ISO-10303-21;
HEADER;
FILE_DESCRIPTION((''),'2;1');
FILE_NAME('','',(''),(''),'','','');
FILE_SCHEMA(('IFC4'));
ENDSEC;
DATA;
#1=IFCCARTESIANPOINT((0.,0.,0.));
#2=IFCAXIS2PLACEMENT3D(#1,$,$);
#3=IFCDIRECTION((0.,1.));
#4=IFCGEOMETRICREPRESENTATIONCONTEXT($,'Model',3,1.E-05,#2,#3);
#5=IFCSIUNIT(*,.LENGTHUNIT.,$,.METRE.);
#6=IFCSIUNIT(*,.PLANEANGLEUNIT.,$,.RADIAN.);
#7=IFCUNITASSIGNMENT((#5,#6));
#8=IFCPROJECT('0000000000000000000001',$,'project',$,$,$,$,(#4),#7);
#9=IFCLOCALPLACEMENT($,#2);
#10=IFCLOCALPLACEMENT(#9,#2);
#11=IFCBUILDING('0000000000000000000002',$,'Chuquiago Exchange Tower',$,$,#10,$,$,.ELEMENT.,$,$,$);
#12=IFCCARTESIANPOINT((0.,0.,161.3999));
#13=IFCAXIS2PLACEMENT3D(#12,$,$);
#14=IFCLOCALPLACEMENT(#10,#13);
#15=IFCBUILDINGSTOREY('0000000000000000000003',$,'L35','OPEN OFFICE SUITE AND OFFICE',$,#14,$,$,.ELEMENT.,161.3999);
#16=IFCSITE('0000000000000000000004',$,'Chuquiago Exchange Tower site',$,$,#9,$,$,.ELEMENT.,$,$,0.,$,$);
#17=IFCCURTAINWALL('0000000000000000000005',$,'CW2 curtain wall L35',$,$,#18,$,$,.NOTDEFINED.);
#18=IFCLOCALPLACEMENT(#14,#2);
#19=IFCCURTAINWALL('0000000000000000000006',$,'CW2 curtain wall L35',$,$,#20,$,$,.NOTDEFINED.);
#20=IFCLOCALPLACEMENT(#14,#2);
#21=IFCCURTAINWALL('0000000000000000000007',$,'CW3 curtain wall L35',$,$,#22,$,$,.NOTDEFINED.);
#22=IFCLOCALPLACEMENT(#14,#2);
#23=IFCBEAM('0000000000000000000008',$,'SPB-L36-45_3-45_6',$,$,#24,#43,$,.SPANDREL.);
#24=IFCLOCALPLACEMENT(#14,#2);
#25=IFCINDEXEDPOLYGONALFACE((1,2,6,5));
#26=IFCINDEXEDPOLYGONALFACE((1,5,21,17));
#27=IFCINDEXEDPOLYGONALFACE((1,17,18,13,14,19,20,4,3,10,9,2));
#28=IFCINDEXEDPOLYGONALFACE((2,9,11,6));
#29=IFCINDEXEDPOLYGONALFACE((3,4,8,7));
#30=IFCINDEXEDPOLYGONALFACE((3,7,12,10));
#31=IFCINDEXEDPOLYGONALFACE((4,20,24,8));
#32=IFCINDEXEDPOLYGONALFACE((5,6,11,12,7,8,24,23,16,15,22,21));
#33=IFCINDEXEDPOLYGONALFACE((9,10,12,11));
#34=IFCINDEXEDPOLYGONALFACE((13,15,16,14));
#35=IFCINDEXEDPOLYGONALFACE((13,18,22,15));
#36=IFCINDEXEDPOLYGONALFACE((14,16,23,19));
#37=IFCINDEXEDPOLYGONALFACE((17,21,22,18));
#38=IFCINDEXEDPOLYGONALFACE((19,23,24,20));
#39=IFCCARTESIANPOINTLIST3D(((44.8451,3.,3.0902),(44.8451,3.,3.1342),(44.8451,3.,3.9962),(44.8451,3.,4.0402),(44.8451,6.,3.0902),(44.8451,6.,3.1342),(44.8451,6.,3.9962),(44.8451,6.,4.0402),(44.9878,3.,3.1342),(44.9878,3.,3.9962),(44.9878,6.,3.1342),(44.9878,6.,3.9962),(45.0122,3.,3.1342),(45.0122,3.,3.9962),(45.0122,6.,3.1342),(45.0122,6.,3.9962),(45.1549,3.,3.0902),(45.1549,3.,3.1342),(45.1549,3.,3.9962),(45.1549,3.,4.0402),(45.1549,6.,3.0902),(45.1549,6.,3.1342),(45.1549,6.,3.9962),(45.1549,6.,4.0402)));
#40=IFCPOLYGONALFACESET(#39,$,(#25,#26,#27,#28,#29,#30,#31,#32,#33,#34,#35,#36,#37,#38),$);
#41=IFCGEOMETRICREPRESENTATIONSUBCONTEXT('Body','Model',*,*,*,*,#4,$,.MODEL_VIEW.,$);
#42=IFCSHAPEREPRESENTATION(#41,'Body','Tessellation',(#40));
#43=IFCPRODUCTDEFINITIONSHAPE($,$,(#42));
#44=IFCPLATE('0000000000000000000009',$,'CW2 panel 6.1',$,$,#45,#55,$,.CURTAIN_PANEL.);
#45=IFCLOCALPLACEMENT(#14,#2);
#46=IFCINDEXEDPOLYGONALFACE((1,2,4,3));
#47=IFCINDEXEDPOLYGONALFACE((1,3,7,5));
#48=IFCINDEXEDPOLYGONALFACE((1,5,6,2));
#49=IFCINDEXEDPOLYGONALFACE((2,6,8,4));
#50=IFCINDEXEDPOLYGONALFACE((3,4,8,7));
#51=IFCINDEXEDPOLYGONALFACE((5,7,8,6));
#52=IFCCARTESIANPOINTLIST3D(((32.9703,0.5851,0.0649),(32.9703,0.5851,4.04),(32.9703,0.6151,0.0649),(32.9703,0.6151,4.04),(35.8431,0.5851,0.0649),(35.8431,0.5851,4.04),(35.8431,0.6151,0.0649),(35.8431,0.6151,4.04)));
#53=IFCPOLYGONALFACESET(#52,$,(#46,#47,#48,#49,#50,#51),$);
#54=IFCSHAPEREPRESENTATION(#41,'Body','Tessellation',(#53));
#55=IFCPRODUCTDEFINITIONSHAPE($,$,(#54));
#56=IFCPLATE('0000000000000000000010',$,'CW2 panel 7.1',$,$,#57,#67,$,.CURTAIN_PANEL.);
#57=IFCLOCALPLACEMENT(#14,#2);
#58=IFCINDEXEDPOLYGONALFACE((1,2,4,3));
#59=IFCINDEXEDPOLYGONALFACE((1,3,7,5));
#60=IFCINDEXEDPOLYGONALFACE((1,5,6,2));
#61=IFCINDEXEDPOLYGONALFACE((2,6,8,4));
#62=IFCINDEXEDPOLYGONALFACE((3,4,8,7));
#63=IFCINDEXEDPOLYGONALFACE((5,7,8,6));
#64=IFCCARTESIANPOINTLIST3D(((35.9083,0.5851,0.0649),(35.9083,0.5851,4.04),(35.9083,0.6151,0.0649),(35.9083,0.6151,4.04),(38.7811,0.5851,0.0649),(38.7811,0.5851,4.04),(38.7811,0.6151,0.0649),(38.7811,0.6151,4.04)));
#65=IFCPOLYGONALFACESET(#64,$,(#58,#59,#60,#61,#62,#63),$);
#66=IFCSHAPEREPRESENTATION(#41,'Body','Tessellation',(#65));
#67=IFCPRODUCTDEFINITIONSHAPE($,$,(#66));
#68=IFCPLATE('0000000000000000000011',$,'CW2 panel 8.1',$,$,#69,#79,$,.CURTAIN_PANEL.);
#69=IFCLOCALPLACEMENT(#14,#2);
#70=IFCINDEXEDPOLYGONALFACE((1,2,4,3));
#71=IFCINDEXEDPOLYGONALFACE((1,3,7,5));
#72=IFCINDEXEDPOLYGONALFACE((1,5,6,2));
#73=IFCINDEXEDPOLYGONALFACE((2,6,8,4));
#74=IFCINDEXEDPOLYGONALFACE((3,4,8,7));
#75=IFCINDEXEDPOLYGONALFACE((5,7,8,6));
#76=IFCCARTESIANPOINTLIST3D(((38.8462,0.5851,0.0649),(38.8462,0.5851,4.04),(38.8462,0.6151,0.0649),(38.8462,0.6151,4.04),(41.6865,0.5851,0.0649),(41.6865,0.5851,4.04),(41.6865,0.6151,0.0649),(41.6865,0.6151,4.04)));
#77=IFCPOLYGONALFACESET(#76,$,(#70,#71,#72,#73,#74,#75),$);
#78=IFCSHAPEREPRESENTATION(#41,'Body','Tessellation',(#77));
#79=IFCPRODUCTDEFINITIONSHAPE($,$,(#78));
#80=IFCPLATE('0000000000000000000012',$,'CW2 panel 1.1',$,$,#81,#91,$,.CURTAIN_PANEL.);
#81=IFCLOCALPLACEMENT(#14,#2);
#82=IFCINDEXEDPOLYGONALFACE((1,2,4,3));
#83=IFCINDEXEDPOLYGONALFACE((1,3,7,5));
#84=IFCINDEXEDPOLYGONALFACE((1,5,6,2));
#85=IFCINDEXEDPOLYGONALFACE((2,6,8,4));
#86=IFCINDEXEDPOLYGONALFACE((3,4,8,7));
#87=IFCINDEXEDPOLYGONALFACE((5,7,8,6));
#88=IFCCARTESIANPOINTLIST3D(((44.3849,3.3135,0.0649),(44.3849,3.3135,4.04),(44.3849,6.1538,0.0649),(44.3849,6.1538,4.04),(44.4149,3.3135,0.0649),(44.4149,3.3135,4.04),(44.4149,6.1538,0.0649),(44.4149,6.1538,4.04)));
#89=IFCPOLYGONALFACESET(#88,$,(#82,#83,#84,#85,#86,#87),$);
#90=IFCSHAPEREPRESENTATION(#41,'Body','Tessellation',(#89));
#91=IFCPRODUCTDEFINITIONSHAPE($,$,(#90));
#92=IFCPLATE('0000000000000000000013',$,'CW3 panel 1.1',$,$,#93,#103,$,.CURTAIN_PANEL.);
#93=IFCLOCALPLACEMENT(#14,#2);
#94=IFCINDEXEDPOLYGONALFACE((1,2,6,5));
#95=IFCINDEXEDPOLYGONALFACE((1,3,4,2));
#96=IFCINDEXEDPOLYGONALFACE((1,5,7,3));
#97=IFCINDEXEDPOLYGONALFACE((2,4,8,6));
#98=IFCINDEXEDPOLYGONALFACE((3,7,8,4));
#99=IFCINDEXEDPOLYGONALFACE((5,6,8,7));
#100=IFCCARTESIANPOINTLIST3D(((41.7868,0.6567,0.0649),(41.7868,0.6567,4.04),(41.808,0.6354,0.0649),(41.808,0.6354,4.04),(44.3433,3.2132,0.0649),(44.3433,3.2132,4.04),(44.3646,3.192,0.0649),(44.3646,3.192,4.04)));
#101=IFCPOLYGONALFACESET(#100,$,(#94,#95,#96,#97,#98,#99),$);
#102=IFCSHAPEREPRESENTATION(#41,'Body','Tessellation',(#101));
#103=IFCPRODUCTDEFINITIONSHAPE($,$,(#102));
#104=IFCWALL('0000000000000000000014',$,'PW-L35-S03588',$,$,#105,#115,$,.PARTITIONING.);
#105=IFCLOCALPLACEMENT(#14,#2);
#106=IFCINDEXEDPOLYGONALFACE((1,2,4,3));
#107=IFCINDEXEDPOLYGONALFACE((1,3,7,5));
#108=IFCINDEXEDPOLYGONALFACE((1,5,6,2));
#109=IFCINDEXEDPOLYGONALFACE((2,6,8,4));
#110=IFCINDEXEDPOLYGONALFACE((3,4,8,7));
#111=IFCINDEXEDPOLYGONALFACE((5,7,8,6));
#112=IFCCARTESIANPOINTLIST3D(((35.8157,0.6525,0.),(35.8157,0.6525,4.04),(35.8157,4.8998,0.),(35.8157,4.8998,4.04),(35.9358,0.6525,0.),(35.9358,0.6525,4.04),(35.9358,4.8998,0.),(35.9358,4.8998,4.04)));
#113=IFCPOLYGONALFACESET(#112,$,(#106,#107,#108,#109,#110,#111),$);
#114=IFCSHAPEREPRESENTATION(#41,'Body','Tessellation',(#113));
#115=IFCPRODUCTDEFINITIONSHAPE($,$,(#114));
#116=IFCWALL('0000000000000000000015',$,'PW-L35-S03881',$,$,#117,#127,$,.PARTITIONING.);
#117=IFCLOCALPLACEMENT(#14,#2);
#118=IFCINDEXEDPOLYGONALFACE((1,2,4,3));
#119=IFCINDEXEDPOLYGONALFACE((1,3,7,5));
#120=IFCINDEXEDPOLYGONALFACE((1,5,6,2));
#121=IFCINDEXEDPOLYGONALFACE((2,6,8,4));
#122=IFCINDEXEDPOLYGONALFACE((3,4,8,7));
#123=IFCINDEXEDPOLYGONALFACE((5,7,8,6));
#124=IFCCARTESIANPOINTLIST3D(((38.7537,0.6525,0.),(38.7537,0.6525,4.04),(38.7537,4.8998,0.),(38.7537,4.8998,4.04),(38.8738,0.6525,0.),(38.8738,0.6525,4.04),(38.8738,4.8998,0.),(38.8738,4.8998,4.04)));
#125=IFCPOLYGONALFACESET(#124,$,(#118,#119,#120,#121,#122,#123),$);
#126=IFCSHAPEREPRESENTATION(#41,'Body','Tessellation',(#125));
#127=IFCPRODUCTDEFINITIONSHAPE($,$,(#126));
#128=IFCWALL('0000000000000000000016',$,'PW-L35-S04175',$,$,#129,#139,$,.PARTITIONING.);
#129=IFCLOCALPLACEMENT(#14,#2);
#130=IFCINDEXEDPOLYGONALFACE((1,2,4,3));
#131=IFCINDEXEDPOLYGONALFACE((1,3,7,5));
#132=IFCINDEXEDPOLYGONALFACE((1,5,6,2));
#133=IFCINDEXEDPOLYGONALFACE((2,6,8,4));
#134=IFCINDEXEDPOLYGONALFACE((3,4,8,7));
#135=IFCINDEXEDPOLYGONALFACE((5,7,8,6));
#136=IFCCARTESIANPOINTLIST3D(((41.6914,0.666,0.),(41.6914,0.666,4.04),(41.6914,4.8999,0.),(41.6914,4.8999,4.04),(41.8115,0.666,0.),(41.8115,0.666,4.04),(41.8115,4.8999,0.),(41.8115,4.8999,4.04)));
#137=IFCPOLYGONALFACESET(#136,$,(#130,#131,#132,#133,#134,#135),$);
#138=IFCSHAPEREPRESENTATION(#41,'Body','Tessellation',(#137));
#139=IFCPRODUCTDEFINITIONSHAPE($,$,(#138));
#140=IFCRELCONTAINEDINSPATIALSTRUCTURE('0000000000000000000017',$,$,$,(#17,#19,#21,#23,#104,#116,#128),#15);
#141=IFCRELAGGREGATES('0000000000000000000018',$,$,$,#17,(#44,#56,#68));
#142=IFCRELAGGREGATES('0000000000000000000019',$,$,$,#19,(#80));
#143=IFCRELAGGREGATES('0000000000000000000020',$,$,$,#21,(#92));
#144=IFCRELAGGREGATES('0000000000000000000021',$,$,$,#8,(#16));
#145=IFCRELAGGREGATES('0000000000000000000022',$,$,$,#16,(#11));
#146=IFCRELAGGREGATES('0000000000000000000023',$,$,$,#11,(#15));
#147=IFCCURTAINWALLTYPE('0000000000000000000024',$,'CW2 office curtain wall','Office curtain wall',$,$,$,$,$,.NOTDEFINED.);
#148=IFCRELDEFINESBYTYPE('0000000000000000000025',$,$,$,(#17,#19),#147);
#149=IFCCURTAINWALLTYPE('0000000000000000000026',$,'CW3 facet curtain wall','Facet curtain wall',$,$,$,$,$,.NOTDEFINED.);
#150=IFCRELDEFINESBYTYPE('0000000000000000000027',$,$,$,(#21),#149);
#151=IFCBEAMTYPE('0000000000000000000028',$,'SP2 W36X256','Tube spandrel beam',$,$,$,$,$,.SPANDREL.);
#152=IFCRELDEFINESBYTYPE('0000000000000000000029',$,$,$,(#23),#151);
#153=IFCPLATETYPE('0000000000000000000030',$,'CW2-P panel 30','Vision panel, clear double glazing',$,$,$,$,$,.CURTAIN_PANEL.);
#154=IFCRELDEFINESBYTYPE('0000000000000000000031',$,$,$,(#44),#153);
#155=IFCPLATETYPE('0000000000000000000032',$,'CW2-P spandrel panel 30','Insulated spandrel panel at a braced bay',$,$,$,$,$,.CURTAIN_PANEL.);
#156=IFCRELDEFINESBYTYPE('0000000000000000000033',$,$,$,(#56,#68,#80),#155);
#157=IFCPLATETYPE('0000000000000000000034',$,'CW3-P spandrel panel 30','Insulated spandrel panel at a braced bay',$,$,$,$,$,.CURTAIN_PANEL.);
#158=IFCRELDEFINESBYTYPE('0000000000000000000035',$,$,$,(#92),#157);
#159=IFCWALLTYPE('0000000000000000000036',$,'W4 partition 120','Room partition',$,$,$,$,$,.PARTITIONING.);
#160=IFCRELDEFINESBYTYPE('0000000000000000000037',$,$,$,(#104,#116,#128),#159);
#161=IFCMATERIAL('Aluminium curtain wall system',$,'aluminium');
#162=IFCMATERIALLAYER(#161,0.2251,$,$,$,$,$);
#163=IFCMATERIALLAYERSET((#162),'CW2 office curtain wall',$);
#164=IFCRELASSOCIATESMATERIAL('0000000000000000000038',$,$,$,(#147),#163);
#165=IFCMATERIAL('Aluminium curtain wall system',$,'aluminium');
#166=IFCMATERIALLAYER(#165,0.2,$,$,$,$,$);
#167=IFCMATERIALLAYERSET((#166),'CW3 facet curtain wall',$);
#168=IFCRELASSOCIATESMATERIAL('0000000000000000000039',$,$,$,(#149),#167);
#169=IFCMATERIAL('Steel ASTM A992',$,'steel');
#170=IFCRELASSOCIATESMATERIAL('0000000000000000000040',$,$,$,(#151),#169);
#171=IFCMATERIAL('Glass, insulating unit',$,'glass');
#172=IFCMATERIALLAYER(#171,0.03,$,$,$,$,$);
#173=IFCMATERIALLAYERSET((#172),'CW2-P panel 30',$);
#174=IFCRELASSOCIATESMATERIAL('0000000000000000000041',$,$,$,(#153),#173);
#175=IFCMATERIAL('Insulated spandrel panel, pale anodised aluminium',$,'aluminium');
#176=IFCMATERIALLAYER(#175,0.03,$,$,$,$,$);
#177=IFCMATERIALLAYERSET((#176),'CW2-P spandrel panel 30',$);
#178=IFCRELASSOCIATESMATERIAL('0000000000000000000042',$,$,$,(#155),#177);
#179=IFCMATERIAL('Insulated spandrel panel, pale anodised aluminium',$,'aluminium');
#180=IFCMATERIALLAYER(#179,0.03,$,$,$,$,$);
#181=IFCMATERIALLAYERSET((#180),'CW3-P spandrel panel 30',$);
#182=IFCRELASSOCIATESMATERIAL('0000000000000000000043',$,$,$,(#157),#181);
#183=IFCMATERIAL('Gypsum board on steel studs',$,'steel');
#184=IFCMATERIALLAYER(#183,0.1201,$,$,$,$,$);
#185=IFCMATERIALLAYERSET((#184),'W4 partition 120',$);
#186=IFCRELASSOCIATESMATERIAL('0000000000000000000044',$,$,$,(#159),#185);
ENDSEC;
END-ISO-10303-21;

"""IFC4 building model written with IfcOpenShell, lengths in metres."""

from ifc_helpers import new_model, si_unit, direction, frame, frame_2d, origin, origin_2d, place, context, subcontext, project, spatial, rectangle, i_section, extrude, material, layer, layer_set, material_profile, profile_set, type_object, element, aggregate, save


model = new_model("IFC4")

# Units and contexts
model_context = context("Model", 3, precision=1e-05, world=origin(), true_north=direction((0.0, 1.0)))
body_context = subcontext(model_context, "Body", "Model", "MODEL_VIEW")
ifc_project = project(units=[si_unit("LENGTHUNIT", "METRE"), si_unit("PLANEANGLEUNIT", "RADIAN")], contexts=[model_context])

# Site, building, storey
site_placement = place(None, origin())
site = spatial("IfcSite", under=ifc_project, at=site_placement, Name="Chuquiago Exchange Tower site", CompositionType="ELEMENT", RefElevation=0.0)
building_placement = place(site_placement, origin())
building = spatial("IfcBuilding", under=site, at=building_placement, Name="Chuquiago Exchange Tower", CompositionType="ELEMENT")
storey_placement = place(building_placement, frame((0.0, 0.0, 161.3999)))
storey = spatial("IfcBuildingStorey", under=building, at=storey_placement, Name="L35", Description="OPEN OFFICE SUITE AND OFFICE", CompositionType="ELEMENT", Elevation=161.3999)

# Curtain wall
ifc_material_1 = material(Name="Aluminium curtain wall system", Category="aluminium")
ifc_layer_1 = layer(ifc_material_1, 0.2251)
ifc_layer_set_1 = layer_set([ifc_layer_1], Name="CW2 office curtain wall")
curtain_wall_type_1 = type_object("IfcCurtainWallType", Name="CW2 office curtain wall", Description="Office curtain wall", PredefinedType="NOTDEFINED", material=ifc_layer_set_1)
curtain_wall_1_placement = place(storey_placement, origin())
curtain_wall_1 = element("IfcCurtainWall", 1, at=curtain_wall_1_placement, inside=storey, type_object=curtain_wall_type_1, Name="CW2 curtain wall L35", PredefinedType="NOTDEFINED")

# Curtain wall
curtain_wall_2_placement = place(storey_placement, origin())
curtain_wall_2 = element("IfcCurtainWall", 2, at=curtain_wall_2_placement, inside=storey, type_object=curtain_wall_type_1, Name="CW2 curtain wall L35", PredefinedType="NOTDEFINED")

# Curtain wall
ifc_material_2 = material(Name="Aluminium curtain wall system", Category="aluminium")
ifc_layer_2 = layer(ifc_material_2, 0.2)
ifc_layer_set_2 = layer_set([ifc_layer_2], Name="CW3 facet curtain wall")
curtain_wall_type_2 = type_object("IfcCurtainWallType", Name="CW3 facet curtain wall", Description="Facet curtain wall", PredefinedType="NOTDEFINED", material=ifc_layer_set_2)
curtain_wall_3_placement = place(storey_placement, origin())
curtain_wall_3 = element("IfcCurtainWall", 3, at=curtain_wall_3_placement, inside=storey, type_object=curtain_wall_type_2, Name="CW3 curtain wall L35", PredefinedType="NOTDEFINED")

# Beam
ifc_material_3 = material(Name="Steel ASTM A992", Category="steel")
ifc_material_profile_1 = material_profile(ifc_material_3, i_section(OverallWidth=0.3098, OverallDepth=0.95, WebThickness=0.0244, FlangeThickness=0.0439, at=origin_2d()), Name="W36X256")
ifc_profile_set_1 = profile_set([ifc_material_profile_1], Name="Steel ASTM A992")
beam_type = type_object("IfcBeamType", Name="SP2 W36X256", Description="Tube spandrel beam", PredefinedType="SPANDREL", material=ifc_profile_set_1)
beam_1_placement = place(storey_placement, frame((45.0, 3.0, 3.5652), z_axis=(0.0, 1.0, 0.0), x_axis=(-1.0, 0.0, 0.0)))
element("IfcBeam", 4, at=beam_1_placement, inside=storey, type_object=beam_type, Name="SPB-L36-45_3-45_6", PredefinedType="SPANDREL", context=body_context, shape_type="SweptSolid", body=[
    extrude(i_section(OverallWidth=0.3098, OverallDepth=0.95, WebThickness=0.0244, FlangeThickness=0.0439, at=origin_2d()), origin(), (0.0, 0.0, 1.0), 3.0),
])

# Plates
ifc_material_4 = material(Name="Glass, insulating unit", Category="glass")
ifc_layer_3 = layer(ifc_material_4, 0.03)
ifc_layer_set_3 = layer_set([ifc_layer_3], Name="CW2-P panel 30")
plate_type_1 = type_object("IfcPlateType", Name="CW2-P panel 30", Description="Vision panel, clear double glazing", PredefinedType="CURTAIN_PANEL", material=ifc_layer_set_3)
plate_1_placement = place(storey_placement, frame((34.4067, 0.6001, 0.0649), z_axis=(0.0, 0.0, 1.0), x_axis=(1.0, 0.0, 0.0)))
plate_1 = element("IfcPlate", 5, at=plate_1_placement, type_object=plate_type_1, Name="CW2 panel 6.1", PredefinedType="CURTAIN_PANEL", context=body_context, shape_type="SweptSolid", body=[
    extrude(rectangle(XDim=2.8728, YDim=0.03, at=origin_2d()), origin(), (0.0, 0.0, 1.0), 3.9751),
])
ifc_material_5 = material(Name="Insulated spandrel panel, pale anodised aluminium", Category="aluminium")
ifc_layer_4 = layer(ifc_material_5, 0.03)
ifc_layer_set_4 = layer_set([ifc_layer_4], Name="CW2-P spandrel panel 30")
plate_type_2 = type_object("IfcPlateType", Name="CW2-P spandrel panel 30", Description="Insulated spandrel panel at a braced bay", PredefinedType="CURTAIN_PANEL", material=ifc_layer_set_4)
plate_2_placement = place(storey_placement, frame((37.3447, 0.6001, 0.0649), z_axis=(0.0, 0.0, 1.0), x_axis=(1.0, 0.0, 0.0)))
plate_2 = element("IfcPlate", 6, at=plate_2_placement, type_object=plate_type_2, Name="CW2 panel 7.1", PredefinedType="CURTAIN_PANEL", context=body_context, shape_type="SweptSolid", body=[
    extrude(rectangle(XDim=2.8728, YDim=0.03, at=origin_2d()), origin(), (0.0, 0.0, 1.0), 3.9751),
])
plate_3_placement = place(storey_placement, frame((40.2664, 0.6001, 0.0649), z_axis=(0.0, 0.0, 1.0), x_axis=(1.0, 0.0, 0.0)))
plate_3 = element("IfcPlate", 7, at=plate_3_placement, type_object=plate_type_2, Name="CW2 panel 8.1", PredefinedType="CURTAIN_PANEL", context=body_context, shape_type="SweptSolid", body=[
    extrude(rectangle(XDim=2.8403, YDim=0.03, at=origin_2d()), origin(), (0.0, 0.0, 1.0), 3.9751),
])
aggregate(curtain_wall_1, [plate_1, plate_2, plate_3])
plate_4_placement = place(storey_placement, frame((44.3999, 4.7336, 0.0649), z_axis=(0.0, 0.0, 1.0), x_axis=(0.0, 1.0, 0.0)))
plate_4 = element("IfcPlate", 8, at=plate_4_placement, type_object=plate_type_2, Name="CW2 panel 1.1", PredefinedType="CURTAIN_PANEL", context=body_context, shape_type="SweptSolid", body=[
    extrude(rectangle(XDim=2.8403, YDim=0.03, at=origin_2d()), origin(), (0.0, 0.0, 1.0), 3.9751),
])
aggregate(curtain_wall_2, [plate_4])
ifc_material_6 = material(Name="Insulated spandrel panel, pale anodised aluminium", Category="aluminium")
ifc_layer_5 = layer(ifc_material_6, 0.03)
ifc_layer_set_5 = layer_set([ifc_layer_5], Name="CW3-P spandrel panel 30")
plate_type_3 = type_object("IfcPlateType", Name="CW3-P spandrel panel 30", Description="Insulated spandrel panel at a braced bay", PredefinedType="CURTAIN_PANEL", material=ifc_layer_set_5)
plate_5_placement = place(storey_placement, frame((43.0757, 1.9243, 0.0649), z_axis=(0.0, 0.0, 1.0), x_axis=(0.707107, 0.707107, 0.0)))
plate_5 = element("IfcPlate", 9, at=plate_5_placement, type_object=plate_type_3, Name="CW3 panel 1.1", PredefinedType="CURTAIN_PANEL", context=body_context, shape_type="SweptSolid", body=[
    extrude(rectangle(XDim=3.6155, YDim=0.03, at=origin_2d()), origin(), (0.0, 0.0, 1.0), 3.9751),
])
aggregate(curtain_wall_3, [plate_5])

# Walls
ifc_material_7 = material(Name="Gypsum board on steel studs", Category="steel")
ifc_layer_6 = layer(ifc_material_7, 0.1201)
ifc_layer_set_6 = layer_set([ifc_layer_6], Name="W4 partition 120")
wall_type = type_object("IfcWallType", Name="W4 partition 120", Description="Room partition", PredefinedType="PARTITIONING", material=ifc_layer_set_6)
for number, where, z_axis, x_axis, name in (
    (10, (35.8757, 0.6526, 0.0), (0.0, 0.0, 1.0), (0.0, 1.0, 0.0), "PW-L35-S03588"),
    (11, (38.8137, 0.6526, 0.0), (0.0, 0.0, 1.0), (0.0, 1.0, 0.0), "PW-L35-S03881"),
):
    element("IfcWall", number, at=place(storey_placement, frame(where, z_axis=z_axis, x_axis=x_axis)), inside=storey, type_object=wall_type, Name=name, PredefinedType="PARTITIONING", context=body_context, shape_type="SweptSolid", body=[
        extrude(rectangle(XDim=4.2473, YDim=0.1201, at=frame_2d((2.1235, 0.0))), origin(), (0.0, 0.0, 1.0), 4.04),
    ])
wall_1_placement = place(storey_placement, frame((41.7515, 0.666, 0.0), z_axis=(0.0, 0.0, 1.0), x_axis=(0.0, 1.0, 0.0)))
element("IfcWall", 12, at=wall_1_placement, inside=storey, type_object=wall_type, Name="PW-L35-S04175", PredefinedType="PARTITIONING", context=body_context, shape_type="SweptSolid", body=[
    extrude(rectangle(XDim=4.2339, YDim=0.1201, at=frame_2d((2.1169, 0.0))), origin(), (0.0, 0.0, 1.0), 4.04),
])

save(model, "model.ifc")
